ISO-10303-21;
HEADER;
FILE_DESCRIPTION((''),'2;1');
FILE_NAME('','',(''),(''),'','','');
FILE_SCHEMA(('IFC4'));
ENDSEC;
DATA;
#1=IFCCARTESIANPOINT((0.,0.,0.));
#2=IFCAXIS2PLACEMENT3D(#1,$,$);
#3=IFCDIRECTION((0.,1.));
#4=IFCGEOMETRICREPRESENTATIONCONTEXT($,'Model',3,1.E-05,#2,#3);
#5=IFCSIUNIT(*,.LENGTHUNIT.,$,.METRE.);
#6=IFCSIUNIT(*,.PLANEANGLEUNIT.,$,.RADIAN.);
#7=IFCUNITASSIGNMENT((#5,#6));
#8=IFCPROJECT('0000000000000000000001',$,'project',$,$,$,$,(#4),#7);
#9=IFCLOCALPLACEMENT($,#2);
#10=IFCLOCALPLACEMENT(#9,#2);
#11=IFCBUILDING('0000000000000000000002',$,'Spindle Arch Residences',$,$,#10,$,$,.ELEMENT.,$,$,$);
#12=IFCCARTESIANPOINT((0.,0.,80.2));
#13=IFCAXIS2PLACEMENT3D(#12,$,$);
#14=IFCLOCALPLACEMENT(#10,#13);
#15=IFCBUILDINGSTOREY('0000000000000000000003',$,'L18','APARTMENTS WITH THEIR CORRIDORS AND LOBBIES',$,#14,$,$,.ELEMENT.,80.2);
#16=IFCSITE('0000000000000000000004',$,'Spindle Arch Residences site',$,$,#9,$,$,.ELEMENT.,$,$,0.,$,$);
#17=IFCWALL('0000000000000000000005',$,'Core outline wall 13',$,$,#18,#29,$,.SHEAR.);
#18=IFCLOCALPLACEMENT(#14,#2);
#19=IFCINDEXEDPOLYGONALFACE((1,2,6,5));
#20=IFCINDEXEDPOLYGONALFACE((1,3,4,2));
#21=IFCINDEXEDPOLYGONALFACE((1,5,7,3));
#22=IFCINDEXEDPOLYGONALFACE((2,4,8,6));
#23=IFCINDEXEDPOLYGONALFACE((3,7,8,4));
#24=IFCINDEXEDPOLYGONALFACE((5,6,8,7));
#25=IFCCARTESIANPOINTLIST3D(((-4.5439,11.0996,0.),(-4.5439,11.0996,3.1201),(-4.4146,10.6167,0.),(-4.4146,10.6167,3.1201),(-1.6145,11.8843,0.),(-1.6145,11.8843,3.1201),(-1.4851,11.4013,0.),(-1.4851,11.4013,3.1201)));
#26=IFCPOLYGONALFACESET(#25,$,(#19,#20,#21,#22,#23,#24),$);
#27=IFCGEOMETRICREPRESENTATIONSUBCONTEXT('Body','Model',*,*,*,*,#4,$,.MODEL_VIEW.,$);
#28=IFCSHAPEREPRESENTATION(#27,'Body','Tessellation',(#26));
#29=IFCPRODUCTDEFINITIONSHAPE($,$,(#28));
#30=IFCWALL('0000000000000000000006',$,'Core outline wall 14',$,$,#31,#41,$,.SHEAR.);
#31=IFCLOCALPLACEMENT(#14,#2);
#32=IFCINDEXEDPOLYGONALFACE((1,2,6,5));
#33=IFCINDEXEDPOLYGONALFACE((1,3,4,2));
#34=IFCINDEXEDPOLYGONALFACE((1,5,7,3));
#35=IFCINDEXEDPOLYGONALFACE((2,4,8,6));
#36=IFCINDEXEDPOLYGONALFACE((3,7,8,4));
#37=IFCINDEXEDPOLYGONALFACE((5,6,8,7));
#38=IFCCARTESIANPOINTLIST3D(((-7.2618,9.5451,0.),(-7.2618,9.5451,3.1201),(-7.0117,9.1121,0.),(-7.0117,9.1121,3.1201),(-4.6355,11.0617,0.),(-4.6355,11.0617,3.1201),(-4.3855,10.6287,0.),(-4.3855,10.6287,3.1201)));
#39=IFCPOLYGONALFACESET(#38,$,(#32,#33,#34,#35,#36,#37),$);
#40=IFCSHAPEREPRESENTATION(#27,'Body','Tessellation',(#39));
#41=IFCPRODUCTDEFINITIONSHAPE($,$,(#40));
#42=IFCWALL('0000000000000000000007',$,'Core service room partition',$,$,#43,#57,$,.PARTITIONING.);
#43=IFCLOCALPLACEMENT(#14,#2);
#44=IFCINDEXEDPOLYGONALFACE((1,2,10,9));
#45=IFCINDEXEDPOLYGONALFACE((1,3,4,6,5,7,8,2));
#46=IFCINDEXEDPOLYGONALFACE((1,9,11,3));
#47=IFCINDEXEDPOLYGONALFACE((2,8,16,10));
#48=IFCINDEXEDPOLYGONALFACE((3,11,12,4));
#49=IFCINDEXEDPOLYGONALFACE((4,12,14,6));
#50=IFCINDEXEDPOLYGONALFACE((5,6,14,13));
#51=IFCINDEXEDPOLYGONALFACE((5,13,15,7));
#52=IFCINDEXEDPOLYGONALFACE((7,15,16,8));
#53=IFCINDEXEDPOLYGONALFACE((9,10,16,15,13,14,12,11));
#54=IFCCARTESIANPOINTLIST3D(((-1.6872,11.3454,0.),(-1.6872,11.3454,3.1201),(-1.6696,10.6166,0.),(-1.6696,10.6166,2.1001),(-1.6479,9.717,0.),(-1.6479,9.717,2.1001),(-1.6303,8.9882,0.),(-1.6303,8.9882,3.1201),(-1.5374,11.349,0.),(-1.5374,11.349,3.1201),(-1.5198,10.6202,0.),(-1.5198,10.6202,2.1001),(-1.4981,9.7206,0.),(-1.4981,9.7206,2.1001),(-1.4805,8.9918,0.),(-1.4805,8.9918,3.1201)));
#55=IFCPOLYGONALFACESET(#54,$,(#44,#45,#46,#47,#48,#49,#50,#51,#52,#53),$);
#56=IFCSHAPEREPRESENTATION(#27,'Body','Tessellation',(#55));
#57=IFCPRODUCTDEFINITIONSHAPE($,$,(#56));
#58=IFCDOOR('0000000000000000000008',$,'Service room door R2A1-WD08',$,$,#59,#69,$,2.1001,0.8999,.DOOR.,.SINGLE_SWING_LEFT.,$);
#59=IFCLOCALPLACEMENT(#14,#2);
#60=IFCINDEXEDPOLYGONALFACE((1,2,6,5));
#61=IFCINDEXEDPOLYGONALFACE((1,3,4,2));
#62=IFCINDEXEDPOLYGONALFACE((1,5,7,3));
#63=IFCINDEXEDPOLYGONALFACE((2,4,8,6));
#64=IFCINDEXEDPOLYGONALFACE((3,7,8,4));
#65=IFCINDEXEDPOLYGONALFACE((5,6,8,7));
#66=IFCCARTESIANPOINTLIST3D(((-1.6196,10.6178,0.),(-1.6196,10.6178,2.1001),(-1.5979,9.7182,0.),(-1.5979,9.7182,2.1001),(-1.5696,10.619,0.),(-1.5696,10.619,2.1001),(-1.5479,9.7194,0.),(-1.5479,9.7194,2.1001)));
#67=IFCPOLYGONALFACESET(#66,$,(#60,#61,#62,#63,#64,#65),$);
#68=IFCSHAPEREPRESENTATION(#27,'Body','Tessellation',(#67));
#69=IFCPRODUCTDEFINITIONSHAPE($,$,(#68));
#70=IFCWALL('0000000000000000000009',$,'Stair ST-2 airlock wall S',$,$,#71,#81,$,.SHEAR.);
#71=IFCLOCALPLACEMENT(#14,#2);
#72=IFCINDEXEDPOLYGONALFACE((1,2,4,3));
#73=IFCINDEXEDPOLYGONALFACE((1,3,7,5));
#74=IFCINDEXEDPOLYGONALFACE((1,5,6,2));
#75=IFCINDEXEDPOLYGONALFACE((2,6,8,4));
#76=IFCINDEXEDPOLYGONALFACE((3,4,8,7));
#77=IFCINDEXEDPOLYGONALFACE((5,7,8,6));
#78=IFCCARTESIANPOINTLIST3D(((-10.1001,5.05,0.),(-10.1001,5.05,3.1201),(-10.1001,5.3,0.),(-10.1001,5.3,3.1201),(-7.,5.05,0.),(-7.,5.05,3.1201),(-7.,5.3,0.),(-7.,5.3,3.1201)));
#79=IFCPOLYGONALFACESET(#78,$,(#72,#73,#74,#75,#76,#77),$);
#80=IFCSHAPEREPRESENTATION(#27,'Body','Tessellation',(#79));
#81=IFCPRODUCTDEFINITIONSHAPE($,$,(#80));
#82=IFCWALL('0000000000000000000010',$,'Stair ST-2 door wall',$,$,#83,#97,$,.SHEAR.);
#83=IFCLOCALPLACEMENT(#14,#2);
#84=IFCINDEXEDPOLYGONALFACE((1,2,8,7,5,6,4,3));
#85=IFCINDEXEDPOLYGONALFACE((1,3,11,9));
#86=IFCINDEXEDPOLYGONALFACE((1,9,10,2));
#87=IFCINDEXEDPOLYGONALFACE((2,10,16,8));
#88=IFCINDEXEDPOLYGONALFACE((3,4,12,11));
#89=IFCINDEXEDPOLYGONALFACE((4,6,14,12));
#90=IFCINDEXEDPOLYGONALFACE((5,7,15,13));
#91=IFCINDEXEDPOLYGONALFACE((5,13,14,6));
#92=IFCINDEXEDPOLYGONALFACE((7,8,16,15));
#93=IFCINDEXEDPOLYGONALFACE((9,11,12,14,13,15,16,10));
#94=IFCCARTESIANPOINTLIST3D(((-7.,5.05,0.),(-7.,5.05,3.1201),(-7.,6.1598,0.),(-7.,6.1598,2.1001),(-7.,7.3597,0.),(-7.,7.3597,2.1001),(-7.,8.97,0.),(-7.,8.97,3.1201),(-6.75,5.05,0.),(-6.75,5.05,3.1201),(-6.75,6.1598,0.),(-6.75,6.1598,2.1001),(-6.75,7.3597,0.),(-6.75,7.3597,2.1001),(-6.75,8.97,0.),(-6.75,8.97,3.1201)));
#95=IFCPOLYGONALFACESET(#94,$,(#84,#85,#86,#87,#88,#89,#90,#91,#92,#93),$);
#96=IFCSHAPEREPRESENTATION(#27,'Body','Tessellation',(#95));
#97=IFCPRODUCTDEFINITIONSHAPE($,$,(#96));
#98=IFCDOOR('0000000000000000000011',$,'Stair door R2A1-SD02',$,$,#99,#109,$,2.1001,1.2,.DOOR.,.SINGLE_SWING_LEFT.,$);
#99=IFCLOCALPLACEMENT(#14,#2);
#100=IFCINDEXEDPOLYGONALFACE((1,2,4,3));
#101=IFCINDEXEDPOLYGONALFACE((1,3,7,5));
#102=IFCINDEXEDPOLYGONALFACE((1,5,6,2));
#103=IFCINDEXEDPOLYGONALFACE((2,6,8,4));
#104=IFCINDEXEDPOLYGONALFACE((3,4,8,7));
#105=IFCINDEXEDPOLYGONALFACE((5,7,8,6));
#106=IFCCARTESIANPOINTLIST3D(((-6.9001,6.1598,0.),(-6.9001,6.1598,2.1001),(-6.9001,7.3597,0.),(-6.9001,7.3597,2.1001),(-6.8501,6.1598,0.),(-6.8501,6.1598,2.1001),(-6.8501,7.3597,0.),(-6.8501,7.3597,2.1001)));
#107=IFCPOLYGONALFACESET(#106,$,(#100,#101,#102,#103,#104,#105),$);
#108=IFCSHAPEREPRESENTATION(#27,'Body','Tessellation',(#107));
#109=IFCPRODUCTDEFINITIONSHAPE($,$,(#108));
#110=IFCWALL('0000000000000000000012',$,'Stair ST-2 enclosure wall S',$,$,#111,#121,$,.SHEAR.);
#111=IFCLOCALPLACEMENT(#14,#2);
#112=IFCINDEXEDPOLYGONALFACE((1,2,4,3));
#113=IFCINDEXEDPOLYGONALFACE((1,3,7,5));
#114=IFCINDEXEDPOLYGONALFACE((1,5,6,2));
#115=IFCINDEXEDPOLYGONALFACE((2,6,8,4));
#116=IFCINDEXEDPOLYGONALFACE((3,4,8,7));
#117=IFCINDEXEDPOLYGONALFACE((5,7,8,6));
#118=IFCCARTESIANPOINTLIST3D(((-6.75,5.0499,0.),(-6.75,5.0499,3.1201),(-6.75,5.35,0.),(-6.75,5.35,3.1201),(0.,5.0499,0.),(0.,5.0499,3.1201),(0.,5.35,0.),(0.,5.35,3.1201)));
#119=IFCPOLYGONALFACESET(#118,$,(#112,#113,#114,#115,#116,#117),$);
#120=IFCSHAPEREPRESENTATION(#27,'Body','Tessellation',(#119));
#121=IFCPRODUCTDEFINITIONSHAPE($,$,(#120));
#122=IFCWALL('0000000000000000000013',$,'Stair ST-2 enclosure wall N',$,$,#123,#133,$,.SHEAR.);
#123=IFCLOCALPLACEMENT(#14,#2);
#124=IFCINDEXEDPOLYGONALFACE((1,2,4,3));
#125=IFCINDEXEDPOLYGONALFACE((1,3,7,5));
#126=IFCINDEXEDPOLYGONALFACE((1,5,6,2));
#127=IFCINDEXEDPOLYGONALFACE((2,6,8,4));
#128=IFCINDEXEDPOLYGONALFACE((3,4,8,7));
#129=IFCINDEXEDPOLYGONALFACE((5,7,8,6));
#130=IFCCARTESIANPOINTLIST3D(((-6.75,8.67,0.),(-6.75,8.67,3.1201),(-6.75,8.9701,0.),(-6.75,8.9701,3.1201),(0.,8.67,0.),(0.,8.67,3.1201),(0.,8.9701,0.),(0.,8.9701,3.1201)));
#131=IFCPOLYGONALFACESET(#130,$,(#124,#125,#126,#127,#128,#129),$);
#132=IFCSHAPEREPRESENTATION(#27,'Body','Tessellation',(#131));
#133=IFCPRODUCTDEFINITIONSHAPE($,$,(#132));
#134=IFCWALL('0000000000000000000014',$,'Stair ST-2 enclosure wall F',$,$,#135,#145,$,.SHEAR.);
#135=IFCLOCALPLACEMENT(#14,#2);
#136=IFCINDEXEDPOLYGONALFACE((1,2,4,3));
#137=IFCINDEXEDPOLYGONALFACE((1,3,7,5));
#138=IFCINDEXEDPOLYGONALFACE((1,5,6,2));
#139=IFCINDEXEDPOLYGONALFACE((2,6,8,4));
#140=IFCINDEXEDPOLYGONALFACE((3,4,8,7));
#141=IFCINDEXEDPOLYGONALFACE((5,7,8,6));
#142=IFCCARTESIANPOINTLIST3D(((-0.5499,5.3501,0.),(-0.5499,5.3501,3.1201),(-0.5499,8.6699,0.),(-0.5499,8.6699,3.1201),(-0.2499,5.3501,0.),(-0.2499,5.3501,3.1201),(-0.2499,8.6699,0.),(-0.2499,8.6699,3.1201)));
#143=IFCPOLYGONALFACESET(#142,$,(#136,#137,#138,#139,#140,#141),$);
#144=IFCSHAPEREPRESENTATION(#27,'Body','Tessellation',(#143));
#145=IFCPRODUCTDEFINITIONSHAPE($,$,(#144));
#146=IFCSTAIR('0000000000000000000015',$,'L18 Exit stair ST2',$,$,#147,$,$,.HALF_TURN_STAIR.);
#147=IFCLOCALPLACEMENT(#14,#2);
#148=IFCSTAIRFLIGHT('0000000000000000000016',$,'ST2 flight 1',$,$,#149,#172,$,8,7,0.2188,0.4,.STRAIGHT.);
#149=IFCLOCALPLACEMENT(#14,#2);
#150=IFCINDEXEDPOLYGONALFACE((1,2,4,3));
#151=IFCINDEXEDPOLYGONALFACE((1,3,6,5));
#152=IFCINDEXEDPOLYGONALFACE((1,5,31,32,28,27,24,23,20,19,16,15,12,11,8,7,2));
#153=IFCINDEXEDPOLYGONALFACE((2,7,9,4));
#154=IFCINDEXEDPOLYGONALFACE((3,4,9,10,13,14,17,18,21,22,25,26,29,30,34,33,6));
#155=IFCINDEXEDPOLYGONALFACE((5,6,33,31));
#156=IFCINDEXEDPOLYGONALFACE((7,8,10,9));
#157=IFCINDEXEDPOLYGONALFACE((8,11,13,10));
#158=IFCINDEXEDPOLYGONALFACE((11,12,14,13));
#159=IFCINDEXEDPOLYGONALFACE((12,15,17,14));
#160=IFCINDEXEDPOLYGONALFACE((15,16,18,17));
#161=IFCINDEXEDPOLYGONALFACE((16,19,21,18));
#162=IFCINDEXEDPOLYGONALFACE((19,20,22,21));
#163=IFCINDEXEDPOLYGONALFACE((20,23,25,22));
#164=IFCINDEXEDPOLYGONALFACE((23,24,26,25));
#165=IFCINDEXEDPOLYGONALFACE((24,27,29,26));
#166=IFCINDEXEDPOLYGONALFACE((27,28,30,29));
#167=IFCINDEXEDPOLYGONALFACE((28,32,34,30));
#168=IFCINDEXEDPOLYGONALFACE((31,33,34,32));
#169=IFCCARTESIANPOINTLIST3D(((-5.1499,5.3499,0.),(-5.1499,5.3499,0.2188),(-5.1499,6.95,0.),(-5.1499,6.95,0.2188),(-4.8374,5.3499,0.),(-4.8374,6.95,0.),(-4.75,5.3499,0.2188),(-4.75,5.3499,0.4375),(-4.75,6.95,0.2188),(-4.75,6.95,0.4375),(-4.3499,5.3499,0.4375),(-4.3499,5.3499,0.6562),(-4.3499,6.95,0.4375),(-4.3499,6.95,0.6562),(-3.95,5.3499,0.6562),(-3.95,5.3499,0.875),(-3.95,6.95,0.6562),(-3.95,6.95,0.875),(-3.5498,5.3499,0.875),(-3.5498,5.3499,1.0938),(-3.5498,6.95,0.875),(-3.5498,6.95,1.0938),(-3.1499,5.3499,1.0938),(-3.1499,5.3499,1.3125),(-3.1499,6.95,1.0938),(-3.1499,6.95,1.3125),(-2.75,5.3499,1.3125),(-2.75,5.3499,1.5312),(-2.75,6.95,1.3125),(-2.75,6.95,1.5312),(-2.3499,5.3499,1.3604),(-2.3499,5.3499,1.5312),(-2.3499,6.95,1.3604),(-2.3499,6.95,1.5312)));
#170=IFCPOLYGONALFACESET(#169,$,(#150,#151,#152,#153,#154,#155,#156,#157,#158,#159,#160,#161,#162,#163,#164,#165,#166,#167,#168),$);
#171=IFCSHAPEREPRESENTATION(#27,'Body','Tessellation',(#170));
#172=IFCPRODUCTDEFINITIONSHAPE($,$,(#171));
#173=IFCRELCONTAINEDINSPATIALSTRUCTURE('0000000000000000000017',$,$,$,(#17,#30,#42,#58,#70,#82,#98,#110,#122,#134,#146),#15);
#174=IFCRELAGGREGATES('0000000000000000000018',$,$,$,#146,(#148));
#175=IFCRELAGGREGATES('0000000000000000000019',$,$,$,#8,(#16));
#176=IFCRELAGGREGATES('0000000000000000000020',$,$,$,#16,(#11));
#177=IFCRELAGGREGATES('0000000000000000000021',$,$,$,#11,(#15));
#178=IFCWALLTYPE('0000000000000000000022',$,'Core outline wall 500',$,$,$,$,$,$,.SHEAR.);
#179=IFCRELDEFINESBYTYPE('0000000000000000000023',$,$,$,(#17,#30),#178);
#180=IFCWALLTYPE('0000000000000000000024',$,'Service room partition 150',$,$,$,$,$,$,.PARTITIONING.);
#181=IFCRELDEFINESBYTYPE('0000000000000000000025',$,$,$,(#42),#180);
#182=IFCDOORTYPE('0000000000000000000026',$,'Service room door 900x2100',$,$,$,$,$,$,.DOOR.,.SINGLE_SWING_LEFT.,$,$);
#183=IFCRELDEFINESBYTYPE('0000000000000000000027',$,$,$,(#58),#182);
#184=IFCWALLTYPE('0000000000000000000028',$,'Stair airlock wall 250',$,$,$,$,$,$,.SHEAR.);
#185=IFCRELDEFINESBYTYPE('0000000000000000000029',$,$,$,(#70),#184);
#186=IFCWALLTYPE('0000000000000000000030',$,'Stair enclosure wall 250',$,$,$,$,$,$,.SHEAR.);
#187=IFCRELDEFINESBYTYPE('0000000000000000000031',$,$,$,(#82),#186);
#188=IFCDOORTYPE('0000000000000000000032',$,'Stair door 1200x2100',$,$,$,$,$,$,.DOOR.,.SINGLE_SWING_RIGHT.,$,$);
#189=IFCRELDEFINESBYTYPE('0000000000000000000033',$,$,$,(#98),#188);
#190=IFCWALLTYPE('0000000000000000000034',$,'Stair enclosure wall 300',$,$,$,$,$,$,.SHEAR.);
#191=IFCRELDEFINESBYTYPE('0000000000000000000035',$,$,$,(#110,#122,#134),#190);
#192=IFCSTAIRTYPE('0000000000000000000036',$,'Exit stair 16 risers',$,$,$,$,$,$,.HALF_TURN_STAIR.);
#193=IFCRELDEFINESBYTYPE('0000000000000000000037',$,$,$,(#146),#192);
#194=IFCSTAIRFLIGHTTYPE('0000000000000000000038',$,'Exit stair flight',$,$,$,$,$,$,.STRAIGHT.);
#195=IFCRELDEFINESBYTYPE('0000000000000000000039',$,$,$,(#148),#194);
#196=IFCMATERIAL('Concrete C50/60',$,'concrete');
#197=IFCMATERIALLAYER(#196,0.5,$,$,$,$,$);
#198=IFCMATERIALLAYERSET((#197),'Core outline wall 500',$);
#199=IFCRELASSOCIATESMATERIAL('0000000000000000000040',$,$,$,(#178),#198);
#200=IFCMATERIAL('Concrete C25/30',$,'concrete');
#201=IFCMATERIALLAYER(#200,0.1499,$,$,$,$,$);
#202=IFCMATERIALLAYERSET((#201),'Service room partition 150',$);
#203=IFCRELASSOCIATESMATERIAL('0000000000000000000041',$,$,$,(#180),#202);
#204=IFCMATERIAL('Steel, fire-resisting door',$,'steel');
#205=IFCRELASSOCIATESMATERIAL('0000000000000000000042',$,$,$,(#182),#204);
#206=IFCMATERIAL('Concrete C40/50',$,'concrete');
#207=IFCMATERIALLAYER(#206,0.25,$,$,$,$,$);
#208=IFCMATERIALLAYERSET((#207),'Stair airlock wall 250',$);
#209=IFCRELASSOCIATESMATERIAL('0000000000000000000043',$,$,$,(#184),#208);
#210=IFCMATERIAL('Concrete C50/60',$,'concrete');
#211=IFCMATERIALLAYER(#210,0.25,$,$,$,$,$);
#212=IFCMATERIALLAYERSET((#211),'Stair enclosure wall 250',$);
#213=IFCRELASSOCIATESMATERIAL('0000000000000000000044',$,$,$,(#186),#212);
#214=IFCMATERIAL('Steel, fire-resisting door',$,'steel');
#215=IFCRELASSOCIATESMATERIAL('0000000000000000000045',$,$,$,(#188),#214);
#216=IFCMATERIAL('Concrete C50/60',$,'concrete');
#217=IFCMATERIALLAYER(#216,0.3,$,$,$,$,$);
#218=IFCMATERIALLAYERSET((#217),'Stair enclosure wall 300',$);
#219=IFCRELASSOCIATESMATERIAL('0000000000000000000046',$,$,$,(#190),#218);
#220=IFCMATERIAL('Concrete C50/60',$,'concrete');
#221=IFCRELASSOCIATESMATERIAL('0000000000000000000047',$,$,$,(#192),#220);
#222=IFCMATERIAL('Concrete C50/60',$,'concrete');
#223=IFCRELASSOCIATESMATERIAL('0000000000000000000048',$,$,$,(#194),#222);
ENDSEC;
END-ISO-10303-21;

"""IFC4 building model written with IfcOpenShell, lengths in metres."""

from ifc_helpers import new_model, si_unit, direction, frame, frame_2d, origin, place, context, subcontext, project, spatial, polyline, rectangle, outline, extrude, material, layer, layer_set, type_object, element, fill, aggregate, save


model = new_model("IFC4")

# Units and contexts
model_context = context("Model", 3, precision=1e-05, world=origin(), true_north=direction((0.0, 1.0)))
body_context = subcontext(model_context, "Body", "Model", "MODEL_VIEW")
ifc_project = project(units=[si_unit("LENGTHUNIT", "METRE"), si_unit("PLANEANGLEUNIT", "RADIAN")], contexts=[model_context])

# Site, building, storey
site_placement = place(None, origin())
site = spatial("IfcSite", under=ifc_project, at=site_placement, Name="Spindle Arch Residences site", CompositionType="ELEMENT", RefElevation=0.0)
building_placement = place(site_placement, origin())
building = spatial("IfcBuilding", under=site, at=building_placement, Name="Spindle Arch Residences", CompositionType="ELEMENT")
storey_placement = place(building_placement, frame((0.0, 0.0, 80.2)))
storey = spatial("IfcBuildingStorey", under=building, at=storey_placement, Name="L18", Description="APARTMENTS WITH THEIR CORRIDORS AND LOBBIES", CompositionType="ELEMENT", Elevation=80.2)

# Walls
ifc_material_1 = material(Name="Concrete C50/60", Category="concrete")
ifc_layer_1 = layer(ifc_material_1, 0.5)
ifc_layer_set_1 = layer_set([ifc_layer_1], Name="Core outline wall 500")
wall_type_1 = type_object("IfcWallType", Name="Core outline wall 500", PredefinedType="SHEAR", material=ifc_layer_set_1)
for number, where, z_axis, x_axis, name in (
    (1, (-1.5498, 11.6428, 0.0), (0.0, 0.0, 1.0), (-0.965948, -0.258735, 0.0), "Core outline wall 13"),
    (2, (-4.5105, 10.8452, 0.0), (0.0, 0.0, 1.0), (-0.865975, -0.500087, 0.0), "Core outline wall 14"),
):
    element("IfcWall", number, at=place(storey_placement, frame(where, z_axis=z_axis, x_axis=x_axis)), inside=storey, type_object=wall_type_1, Name=name, PredefinedType="SHEAR", context=body_context, shape_type="SweptSolid", body=[
        extrude(rectangle(XDim=3.0327, YDim=0.5, at=frame_2d((1.5164, 0.0))), origin(), (0.0, 0.0, 1.0), 3.1201),
    ])

# Wall, opening, door
ifc_material_2 = material(Name="Concrete C25/30", Category="concrete")
ifc_layer_2 = layer(ifc_material_2, 0.1499)
ifc_layer_set_2 = layer_set([ifc_layer_2], Name="Service room partition 150")
wall_type_2 = type_object("IfcWallType", Name="Service room partition 150", PredefinedType="PARTITIONING", material=ifc_layer_set_2)
wall_1_placement = place(storey_placement, frame((-1.5554, 8.99, 0.0), z_axis=(0.0, 0.0, 1.0), x_axis=(-0.024126, 0.999709, 0.0)))
wall_1 = element("IfcWall", 3, at=wall_1_placement, inside=storey, type_object=wall_type_2, Name="Core service room partition", PredefinedType="PARTITIONING", context=body_context, shape_type="SweptSolid", body=[
    extrude(rectangle(XDim=2.3579, YDim=0.1499, at=frame_2d((1.179, 0.0))), origin(), (0.0, 0.0, 1.0), 3.1201),
])
opening_1_placement = place(wall_1_placement, frame((0.729, 0.0, 0.0)))
opening_1 = element("IfcOpeningElement", 4, at=opening_1_placement, cuts=wall_1, PredefinedType="OPENING", context=body_context, shape_type="SweptSolid", body=[
    extrude(rectangle(XDim=0.8999, YDim=2.1001, at=frame_2d((0.45, 1.05))), frame((0.0, 0.085, 0.0), z_axis=(0.0, -1.0, 0.0), x_axis=(1.0, 0.0, 0.0)), (0.0, 0.0, 1.0), 0.1699),
])
ifc_material_3 = material(Name="Steel, fire-resisting door", Category="steel")
door_type_1 = type_object("IfcDoorType", Name="Service room door 900x2100", OperationType="SINGLE_SWING_LEFT", PredefinedType="DOOR", material=ifc_material_3)
door_1_placement = place(opening_1_placement, origin())
door_1 = element("IfcDoor", 5, at=door_1_placement, inside=storey, type_object=door_type_1, Name="Service room door R2A1-WD08", OperationType="SINGLE_SWING_LEFT", OverallHeight=2.1001, OverallWidth=0.8999, PredefinedType="DOOR", context=body_context, shape_type="SweptSolid", body=[
    extrude(rectangle(XDim=0.8999, YDim=2.1001, at=frame_2d((0.45, 1.05))), frame((0.0, 0.0249, 0.0), z_axis=(0.0, -1.0, 0.0), x_axis=(1.0, 0.0, 0.0)), (0.0, 0.0, 1.0), 0.05),
])
fill(opening_1, door_1)

# Wall
ifc_material_4 = material(Name="Concrete C40/50", Category="concrete")
ifc_layer_3 = layer(ifc_material_4, 0.25)
ifc_layer_set_3 = layer_set([ifc_layer_3], Name="Stair airlock wall 250")
wall_type_3 = type_object("IfcWallType", Name="Stair airlock wall 250", PredefinedType="SHEAR", material=ifc_layer_set_3)
wall_2_placement = place(storey_placement, frame((-7.0, 5.175, 0.0), z_axis=(0.0, 0.0, 1.0), x_axis=(-1.0, 0.0, 0.0)))
element("IfcWall", 6, at=wall_2_placement, inside=storey, type_object=wall_type_3, Name="Stair ST-2 airlock wall S", PredefinedType="SHEAR", context=body_context, shape_type="SweptSolid", body=[
    extrude(rectangle(XDim=3.1001, YDim=0.25, at=frame_2d((1.55, 0.0))), origin(), (0.0, 0.0, 1.0), 3.1201),
])

# Wall, opening, door
ifc_material_5 = material(Name="Concrete C50/60", Category="concrete")
ifc_layer_4 = layer(ifc_material_5, 0.25)
ifc_layer_set_4 = layer_set([ifc_layer_4], Name="Stair enclosure wall 250")
wall_type_4 = type_object("IfcWallType", Name="Stair enclosure wall 250", PredefinedType="SHEAR", material=ifc_layer_set_4)
wall_3_placement = place(storey_placement, frame((-6.875, 8.97, 0.0), z_axis=(0.0, 0.0, 1.0), x_axis=(0.0, -1.0, 0.0)))
wall_3 = element("IfcWall", 7, at=wall_3_placement, inside=storey, type_object=wall_type_4, Name="Stair ST-2 door wall", PredefinedType="SHEAR", context=body_context, shape_type="SweptSolid", body=[
    extrude(rectangle(XDim=3.9199, YDim=0.25, at=frame_2d((1.96, 0.0))), origin(), (0.0, 0.0, 1.0), 3.1201),
])
opening_2_placement = place(wall_3_placement, frame((1.6101, 0.0, 0.0)))
opening_2 = element("IfcOpeningElement", 8, at=opening_2_placement, cuts=wall_3, PredefinedType="OPENING", context=body_context, shape_type="SweptSolid", body=[
    extrude(rectangle(XDim=1.2, YDim=2.1001, at=frame_2d((0.6001, 1.05))), frame((0.0, 0.135, 0.0), z_axis=(0.0, -1.0, 0.0), x_axis=(1.0, 0.0, 0.0)), (0.0, 0.0, 1.0), 0.27),
])
ifc_material_6 = material(Name="Steel, fire-resisting door", Category="steel")
door_type_2 = type_object("IfcDoorType", Name="Stair door 1200x2100", OperationType="SINGLE_SWING_RIGHT", PredefinedType="DOOR", material=ifc_material_6)
door_2_placement = place(opening_2_placement, origin())
door_2 = element("IfcDoor", 9, at=door_2_placement, inside=storey, type_object=door_type_2, Name="Stair door R2A1-SD02", OperationType="SINGLE_SWING_LEFT", OverallHeight=2.1001, OverallWidth=1.2, PredefinedType="DOOR", context=body_context, shape_type="SweptSolid", body=[
    extrude(rectangle(XDim=1.2, YDim=2.1001, at=frame_2d((0.6001, 1.05))), frame((0.0, 0.0249, 0.0), z_axis=(0.0, -1.0, 0.0), x_axis=(1.0, 0.0, 0.0)), (0.0, 0.0, 1.0), 0.05),
])
fill(opening_2, door_2)

# Walls
ifc_material_7 = material(Name="Concrete C50/60", Category="concrete")
ifc_layer_5 = layer(ifc_material_7, 0.3)
ifc_layer_set_5 = layer_set([ifc_layer_5], Name="Stair enclosure wall 300")
wall_type_5 = type_object("IfcWallType", Name="Stair enclosure wall 300", PredefinedType="SHEAR", material=ifc_layer_set_5)
for number, where, z_axis, x_axis, name in (
    (10, (-6.75, 5.2, 0.0), (0.0, 0.0, 1.0), (1.0, 0.0, 0.0), "Stair ST-2 enclosure wall S"),
    (11, (-6.75, 8.8201, 0.0), (0.0, 0.0, 1.0), (1.0, 0.0, 0.0), "Stair ST-2 enclosure wall N"),
):
    element("IfcWall", number, at=place(storey_placement, frame(where, z_axis=z_axis, x_axis=x_axis)), inside=storey, type_object=wall_type_5, Name=name, PredefinedType="SHEAR", context=body_context, shape_type="SweptSolid", body=[
        extrude(rectangle(XDim=6.75, YDim=0.3, at=frame_2d((3.375, 0.0))), origin(), (0.0, 0.0, 1.0), 3.1201),
    ])
wall_4_placement = place(storey_placement, frame((-0.3999, 5.3501, 0.0), z_axis=(0.0, 0.0, 1.0), x_axis=(0.0, 1.0, 0.0)))
element("IfcWall", 12, at=wall_4_placement, inside=storey, type_object=wall_type_5, Name="Stair ST-2 enclosure wall F", PredefinedType="SHEAR", context=body_context, shape_type="SweptSolid", body=[
    extrude(rectangle(XDim=3.3198, YDim=0.3, at=frame_2d((1.6599, 0.0))), origin(), (0.0, 0.0, 1.0), 3.1201),
])

# Stair, stair flight
ifc_material_8 = material(Name="Concrete C50/60", Category="concrete")
stair_type = type_object("IfcStairType", Name="Exit stair 16 risers", PredefinedType="HALF_TURN_STAIR", material=ifc_material_8)
stair_placement = place(storey_placement, origin())
stair = element("IfcStair", 13, at=stair_placement, inside=storey, type_object=stair_type, Name="L18 Exit stair ST2", PredefinedType="HALF_TURN_STAIR")
ifc_material_9 = material(Name="Concrete C50/60", Category="concrete")
stair_flight_type = type_object("IfcStairFlightType", Name="Exit stair flight", PredefinedType="STRAIGHT", material=ifc_material_9)
stair_flight_1_placement = place(storey_placement, frame((-5.1499, 6.1499, 0.0), z_axis=(0.0, 0.0, 1.0), x_axis=(1.0, 0.0, 0.0)))
stair_flight_1 = element("IfcStairFlight", 14, at=stair_flight_1_placement, type_object=stair_flight_type, Name="ST2 flight 1", NumberOfRisers=8, NumberOfTreads=7, PredefinedType="STRAIGHT", RiserHeight=0.2188, TreadLength=0.4, context=body_context, shape_type="SweptSolid", body=[
    extrude(outline(polyline([(0.0, 0.0), (0.0, 0.2188), (0.3999, 0.2188), (0.3999, 0.4375), (0.8, 0.4375), (0.8, 0.6562), (1.2, 0.6562), (1.2, 0.875), (1.6001, 0.875), (1.6001, 1.0938), (2.0, 1.0938), (2.0, 1.3125), (2.3999, 1.3125), (2.3999, 1.5312), (2.8, 1.5312), (2.8, 1.75), (2.8, 1.3604), (0.3125, 0.0), (0.0, 0.0)])), frame((0.0, 0.8, 0.0), z_axis=(0.0, -1.0, 0.0), x_axis=(1.0, 0.0, 0.0)), (0.0, 0.0, 1.0), 1.6001),
])
aggregate(stair, [stair_flight_1])

save(model, "model.ifc")
